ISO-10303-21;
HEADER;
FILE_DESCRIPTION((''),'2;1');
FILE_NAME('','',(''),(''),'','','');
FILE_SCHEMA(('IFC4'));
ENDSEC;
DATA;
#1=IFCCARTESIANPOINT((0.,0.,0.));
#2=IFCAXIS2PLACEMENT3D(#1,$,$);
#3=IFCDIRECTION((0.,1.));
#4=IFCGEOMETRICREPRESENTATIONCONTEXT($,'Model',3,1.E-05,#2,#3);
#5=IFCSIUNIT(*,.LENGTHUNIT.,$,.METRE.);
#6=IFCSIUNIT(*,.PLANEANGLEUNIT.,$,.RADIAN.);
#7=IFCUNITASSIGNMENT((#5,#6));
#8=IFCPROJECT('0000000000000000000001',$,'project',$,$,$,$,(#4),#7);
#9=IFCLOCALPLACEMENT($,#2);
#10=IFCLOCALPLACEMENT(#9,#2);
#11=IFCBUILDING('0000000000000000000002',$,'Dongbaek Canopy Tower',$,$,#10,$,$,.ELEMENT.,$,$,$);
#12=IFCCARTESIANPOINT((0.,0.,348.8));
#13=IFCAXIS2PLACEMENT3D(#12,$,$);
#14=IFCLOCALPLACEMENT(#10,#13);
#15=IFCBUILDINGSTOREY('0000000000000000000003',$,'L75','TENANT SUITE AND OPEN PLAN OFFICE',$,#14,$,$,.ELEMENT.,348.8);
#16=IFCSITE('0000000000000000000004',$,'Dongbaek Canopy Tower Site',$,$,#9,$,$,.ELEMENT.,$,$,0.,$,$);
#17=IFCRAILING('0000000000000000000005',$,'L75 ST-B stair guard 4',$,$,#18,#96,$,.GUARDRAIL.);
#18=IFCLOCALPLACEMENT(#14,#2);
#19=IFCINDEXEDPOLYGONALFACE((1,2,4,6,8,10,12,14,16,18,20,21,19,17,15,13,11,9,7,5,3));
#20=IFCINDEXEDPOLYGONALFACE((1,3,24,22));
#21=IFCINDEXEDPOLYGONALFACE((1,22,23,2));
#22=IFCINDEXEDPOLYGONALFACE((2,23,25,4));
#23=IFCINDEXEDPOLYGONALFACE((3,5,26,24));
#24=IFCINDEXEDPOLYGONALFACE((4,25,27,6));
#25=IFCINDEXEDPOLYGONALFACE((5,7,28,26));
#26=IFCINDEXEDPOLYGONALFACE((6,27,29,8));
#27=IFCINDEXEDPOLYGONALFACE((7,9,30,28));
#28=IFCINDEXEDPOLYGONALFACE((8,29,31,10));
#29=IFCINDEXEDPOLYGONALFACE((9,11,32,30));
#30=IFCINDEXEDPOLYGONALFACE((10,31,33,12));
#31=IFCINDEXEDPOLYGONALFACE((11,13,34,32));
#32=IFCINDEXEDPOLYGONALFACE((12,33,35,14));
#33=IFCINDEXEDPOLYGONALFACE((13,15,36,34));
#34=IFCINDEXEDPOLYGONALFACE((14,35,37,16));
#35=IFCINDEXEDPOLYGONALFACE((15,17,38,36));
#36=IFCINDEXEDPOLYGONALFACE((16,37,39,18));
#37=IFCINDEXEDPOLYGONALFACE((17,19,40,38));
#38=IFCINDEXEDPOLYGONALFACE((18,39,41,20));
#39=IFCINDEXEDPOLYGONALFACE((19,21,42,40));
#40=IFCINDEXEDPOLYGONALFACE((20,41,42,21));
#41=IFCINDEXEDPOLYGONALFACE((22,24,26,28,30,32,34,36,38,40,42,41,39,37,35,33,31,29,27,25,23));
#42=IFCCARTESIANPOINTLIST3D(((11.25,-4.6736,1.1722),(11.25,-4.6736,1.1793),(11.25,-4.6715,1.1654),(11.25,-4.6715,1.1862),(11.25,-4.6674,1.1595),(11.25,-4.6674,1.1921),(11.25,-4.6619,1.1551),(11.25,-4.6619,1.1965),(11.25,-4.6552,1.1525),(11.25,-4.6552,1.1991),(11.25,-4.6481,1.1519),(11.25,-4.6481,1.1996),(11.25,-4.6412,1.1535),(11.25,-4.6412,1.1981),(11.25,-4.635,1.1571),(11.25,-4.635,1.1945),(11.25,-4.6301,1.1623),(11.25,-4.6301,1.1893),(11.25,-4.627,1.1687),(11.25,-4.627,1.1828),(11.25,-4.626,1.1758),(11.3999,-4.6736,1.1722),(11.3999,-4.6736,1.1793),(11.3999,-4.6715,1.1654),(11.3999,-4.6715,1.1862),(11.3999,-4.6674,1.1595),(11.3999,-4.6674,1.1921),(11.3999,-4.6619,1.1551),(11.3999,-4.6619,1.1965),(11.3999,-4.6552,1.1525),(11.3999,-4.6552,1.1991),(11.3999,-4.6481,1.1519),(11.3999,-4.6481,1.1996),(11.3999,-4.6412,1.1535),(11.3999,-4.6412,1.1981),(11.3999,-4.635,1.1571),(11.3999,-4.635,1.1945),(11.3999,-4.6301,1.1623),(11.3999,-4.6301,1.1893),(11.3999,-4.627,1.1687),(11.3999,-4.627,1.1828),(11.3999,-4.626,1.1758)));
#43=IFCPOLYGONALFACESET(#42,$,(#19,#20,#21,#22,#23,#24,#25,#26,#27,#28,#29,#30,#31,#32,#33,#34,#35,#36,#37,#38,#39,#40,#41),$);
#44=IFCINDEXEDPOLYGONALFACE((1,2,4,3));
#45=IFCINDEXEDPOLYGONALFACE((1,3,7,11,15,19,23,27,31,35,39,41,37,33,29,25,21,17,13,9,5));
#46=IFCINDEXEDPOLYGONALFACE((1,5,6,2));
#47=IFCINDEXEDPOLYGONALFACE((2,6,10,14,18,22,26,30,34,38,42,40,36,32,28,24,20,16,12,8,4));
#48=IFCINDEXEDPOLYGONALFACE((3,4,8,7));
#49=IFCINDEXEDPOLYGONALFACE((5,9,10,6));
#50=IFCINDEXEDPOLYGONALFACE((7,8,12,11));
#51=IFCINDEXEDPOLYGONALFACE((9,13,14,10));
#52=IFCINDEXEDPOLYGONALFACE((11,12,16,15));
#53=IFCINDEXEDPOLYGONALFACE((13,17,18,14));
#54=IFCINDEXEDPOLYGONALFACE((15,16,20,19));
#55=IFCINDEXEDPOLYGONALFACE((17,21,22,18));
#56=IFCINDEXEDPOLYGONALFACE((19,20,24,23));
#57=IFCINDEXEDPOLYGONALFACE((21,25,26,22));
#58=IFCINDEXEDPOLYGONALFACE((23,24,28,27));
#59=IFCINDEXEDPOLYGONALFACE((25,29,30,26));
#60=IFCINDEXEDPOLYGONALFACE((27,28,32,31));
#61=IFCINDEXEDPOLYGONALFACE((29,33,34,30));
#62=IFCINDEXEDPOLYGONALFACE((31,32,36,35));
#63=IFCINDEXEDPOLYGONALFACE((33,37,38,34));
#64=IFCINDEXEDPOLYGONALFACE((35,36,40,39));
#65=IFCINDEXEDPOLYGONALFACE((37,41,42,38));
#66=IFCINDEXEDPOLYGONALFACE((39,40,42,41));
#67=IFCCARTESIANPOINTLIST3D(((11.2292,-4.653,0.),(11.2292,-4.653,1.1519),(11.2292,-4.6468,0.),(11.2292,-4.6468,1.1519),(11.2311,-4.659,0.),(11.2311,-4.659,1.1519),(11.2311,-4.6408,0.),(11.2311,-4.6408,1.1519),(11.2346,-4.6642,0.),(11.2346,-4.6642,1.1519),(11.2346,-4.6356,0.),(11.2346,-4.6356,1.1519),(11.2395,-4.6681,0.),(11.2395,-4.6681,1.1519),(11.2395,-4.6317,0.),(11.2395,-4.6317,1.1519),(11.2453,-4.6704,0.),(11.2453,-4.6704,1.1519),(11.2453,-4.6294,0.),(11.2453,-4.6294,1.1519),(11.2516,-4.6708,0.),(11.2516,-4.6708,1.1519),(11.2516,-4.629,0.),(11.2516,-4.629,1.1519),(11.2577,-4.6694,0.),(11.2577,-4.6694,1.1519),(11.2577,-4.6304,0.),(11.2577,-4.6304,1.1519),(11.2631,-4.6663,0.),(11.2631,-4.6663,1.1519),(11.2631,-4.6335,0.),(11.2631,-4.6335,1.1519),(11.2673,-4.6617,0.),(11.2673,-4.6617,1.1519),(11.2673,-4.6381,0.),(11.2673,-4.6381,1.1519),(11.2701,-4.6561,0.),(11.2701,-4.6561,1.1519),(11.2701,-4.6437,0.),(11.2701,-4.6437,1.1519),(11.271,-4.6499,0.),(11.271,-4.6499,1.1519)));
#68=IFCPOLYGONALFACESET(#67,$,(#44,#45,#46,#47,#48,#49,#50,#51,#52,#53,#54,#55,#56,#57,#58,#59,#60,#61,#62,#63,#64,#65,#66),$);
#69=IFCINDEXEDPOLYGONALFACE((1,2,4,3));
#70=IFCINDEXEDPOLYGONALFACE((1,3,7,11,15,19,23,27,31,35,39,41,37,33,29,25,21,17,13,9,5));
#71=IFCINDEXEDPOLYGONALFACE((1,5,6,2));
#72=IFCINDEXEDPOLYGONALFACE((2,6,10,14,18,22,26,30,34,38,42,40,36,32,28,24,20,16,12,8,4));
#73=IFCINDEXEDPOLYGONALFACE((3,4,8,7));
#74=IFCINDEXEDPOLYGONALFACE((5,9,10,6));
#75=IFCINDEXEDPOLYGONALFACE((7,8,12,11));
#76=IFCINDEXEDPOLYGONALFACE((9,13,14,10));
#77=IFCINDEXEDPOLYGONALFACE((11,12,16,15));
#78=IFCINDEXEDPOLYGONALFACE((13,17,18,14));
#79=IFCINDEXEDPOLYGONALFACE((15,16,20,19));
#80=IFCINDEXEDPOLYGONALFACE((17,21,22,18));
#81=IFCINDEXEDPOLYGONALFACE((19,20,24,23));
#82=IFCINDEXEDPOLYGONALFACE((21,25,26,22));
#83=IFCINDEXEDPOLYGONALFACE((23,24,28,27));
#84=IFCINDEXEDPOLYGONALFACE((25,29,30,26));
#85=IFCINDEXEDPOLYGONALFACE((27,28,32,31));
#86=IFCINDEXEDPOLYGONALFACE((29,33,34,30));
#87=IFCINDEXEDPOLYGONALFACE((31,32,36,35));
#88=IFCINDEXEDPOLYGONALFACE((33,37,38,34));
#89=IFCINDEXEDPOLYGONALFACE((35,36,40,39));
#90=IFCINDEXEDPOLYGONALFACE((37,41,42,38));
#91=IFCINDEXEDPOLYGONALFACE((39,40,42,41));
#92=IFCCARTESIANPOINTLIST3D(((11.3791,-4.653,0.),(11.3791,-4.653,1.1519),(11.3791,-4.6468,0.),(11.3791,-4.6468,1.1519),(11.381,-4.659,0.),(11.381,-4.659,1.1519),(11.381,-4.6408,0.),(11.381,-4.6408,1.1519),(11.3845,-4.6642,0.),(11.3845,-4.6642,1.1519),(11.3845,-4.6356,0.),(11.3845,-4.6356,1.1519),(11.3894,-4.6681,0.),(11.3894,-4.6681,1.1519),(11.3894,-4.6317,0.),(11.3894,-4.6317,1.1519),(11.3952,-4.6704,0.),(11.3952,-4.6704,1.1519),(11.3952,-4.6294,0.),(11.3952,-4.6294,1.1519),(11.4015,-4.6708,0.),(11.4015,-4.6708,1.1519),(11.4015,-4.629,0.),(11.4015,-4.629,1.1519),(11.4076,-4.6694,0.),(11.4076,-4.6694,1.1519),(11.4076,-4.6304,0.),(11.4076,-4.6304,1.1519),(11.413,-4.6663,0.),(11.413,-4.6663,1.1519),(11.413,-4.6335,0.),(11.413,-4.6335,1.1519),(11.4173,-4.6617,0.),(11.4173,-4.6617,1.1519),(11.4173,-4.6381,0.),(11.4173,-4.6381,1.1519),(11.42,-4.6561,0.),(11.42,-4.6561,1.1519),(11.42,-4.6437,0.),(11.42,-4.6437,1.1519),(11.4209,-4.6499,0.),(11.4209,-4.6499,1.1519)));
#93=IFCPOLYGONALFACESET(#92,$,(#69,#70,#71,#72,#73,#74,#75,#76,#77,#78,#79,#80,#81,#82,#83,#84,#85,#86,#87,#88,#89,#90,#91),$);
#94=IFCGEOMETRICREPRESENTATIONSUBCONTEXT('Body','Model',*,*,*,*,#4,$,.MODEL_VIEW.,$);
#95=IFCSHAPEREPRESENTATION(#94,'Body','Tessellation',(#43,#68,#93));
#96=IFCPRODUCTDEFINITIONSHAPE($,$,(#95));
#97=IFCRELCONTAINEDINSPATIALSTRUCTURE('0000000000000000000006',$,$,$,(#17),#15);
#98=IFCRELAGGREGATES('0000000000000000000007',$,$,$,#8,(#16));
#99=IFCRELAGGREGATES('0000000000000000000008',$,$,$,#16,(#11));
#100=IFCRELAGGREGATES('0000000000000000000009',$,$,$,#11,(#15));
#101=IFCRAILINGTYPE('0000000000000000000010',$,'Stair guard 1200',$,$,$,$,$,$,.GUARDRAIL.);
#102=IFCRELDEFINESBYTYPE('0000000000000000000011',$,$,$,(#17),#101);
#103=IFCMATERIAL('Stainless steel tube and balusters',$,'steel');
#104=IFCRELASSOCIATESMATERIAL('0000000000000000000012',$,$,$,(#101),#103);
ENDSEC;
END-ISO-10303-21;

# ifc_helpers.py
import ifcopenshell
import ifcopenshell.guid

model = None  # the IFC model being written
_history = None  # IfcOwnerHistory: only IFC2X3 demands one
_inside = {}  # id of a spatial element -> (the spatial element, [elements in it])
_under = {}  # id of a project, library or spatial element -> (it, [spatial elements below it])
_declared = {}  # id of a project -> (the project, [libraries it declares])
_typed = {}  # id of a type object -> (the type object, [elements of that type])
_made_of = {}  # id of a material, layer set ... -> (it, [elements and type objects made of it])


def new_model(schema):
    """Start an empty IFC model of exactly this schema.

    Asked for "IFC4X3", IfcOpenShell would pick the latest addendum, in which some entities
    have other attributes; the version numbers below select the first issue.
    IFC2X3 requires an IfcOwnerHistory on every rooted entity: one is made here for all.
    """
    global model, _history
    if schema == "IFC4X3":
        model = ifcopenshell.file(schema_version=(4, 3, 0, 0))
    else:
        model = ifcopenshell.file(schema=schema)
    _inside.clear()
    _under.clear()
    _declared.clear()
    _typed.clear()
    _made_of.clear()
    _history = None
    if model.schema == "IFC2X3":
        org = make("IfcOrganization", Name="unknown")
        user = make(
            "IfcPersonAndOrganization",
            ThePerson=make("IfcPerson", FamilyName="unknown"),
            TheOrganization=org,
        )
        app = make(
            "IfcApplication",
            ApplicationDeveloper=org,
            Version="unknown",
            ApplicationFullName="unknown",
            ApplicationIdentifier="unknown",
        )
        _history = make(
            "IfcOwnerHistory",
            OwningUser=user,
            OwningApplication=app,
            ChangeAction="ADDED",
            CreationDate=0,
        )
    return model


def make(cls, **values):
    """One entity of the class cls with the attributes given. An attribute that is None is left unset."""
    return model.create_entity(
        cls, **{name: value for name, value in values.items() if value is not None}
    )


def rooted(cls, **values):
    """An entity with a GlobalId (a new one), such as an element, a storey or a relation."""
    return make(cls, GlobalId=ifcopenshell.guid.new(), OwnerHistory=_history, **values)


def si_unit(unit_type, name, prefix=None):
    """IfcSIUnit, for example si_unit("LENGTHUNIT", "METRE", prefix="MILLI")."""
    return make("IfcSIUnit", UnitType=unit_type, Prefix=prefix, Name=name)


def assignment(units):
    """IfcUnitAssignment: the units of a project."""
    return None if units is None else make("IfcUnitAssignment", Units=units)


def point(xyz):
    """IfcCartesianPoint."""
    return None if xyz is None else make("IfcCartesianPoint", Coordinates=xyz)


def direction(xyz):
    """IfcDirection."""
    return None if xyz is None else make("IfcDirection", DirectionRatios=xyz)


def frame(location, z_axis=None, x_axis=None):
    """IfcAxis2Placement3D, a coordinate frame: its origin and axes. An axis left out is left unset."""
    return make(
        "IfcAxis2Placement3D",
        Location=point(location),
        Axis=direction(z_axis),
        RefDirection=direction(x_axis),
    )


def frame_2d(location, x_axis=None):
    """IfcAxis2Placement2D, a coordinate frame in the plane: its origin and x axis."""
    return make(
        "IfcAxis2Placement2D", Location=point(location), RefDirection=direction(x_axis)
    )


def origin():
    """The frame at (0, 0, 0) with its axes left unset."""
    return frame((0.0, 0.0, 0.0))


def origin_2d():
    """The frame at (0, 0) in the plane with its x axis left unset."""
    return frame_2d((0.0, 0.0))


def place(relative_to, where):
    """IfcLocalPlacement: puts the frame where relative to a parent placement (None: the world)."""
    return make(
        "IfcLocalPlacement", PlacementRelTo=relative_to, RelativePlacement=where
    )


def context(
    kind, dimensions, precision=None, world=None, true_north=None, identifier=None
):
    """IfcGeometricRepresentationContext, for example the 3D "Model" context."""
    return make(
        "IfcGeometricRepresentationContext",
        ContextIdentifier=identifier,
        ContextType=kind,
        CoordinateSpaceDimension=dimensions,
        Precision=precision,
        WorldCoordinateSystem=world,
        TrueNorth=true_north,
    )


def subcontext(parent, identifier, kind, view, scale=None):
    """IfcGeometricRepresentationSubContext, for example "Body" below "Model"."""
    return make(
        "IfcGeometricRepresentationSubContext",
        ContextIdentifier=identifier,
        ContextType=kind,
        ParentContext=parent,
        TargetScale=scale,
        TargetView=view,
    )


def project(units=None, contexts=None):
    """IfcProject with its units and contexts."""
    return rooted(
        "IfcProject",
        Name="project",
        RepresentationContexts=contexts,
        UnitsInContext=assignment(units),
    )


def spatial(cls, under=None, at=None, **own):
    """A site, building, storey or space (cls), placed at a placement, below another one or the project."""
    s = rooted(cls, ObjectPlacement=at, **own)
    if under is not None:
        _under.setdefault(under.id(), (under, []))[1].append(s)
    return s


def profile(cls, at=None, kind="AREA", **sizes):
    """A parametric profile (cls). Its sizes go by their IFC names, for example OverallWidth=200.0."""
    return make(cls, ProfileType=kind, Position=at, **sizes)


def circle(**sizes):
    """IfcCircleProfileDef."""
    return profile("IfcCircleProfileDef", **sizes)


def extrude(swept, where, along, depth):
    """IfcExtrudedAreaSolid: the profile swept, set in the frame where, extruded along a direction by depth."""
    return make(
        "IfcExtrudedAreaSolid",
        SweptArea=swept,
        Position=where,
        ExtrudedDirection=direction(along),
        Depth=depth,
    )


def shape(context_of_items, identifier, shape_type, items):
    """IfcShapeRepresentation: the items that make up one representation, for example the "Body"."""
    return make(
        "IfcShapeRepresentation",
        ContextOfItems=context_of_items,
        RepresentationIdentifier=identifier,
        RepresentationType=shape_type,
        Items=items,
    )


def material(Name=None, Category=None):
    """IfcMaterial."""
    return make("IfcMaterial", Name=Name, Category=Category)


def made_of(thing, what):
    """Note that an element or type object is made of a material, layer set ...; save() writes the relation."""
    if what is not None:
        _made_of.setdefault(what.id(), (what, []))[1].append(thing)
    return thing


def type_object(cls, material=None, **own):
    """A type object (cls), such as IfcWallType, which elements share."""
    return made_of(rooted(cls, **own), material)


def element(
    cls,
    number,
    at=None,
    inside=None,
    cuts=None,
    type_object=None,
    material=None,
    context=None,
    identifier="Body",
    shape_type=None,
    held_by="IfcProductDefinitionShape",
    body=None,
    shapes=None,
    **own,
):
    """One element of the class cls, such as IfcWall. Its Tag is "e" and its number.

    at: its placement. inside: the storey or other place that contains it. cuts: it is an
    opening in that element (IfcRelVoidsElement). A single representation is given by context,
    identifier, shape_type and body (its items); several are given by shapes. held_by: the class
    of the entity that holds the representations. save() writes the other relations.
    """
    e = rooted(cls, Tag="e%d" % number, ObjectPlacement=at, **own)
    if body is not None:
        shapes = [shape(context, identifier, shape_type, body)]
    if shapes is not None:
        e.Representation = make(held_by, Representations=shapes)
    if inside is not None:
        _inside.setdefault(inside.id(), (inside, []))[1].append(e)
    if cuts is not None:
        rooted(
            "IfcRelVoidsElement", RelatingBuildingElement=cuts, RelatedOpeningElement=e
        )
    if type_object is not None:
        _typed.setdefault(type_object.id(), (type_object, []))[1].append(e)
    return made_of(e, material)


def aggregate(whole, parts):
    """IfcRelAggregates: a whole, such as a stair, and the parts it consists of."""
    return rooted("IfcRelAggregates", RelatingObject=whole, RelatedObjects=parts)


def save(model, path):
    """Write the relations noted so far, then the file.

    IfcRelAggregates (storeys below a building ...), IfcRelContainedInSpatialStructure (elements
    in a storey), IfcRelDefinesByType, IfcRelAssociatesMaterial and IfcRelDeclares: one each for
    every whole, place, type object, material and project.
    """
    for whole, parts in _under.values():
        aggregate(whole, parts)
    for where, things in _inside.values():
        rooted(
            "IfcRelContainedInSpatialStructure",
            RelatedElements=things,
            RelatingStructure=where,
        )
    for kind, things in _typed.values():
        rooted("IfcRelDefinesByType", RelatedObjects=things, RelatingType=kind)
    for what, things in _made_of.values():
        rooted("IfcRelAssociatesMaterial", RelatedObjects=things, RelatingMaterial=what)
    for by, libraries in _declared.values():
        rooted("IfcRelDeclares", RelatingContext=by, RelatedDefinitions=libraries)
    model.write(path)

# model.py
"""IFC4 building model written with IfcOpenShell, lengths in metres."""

from ifc_helpers import new_model, si_unit, direction, frame, origin, origin_2d, place, context, subcontext, project, spatial, circle, extrude, material, type_object, element, save


model = new_model("IFC4")

# Units and contexts
model_context = context("Model", 3, precision=1e-05, world=origin(), true_north=direction((0.0, 1.0)))
body_context = subcontext(model_context, "Body", "Model", "MODEL_VIEW")
ifc_project = project(units=[si_unit("LENGTHUNIT", "METRE"), si_unit("PLANEANGLEUNIT", "RADIAN")], contexts=[model_context])

# Site, building, storey
site_placement = place(None, origin())
site = spatial("IfcSite", under=ifc_project, at=site_placement, Name="Dongbaek Canopy Tower Site", CompositionType="ELEMENT", RefElevation=0.0)
building_placement = place(site_placement, origin())
building = spatial("IfcBuilding", under=site, at=building_placement, Name="Dongbaek Canopy Tower", CompositionType="ELEMENT")
storey_placement = place(building_placement, frame((0.0, 0.0, 348.8)))
storey = spatial("IfcBuildingStorey", under=building, at=storey_placement, Name="L75", Description="TENANT SUITE AND OPEN PLAN OFFICE", CompositionType="ELEMENT", Elevation=348.8)

# Railing
ifc_material_1 = material(Name="Stainless steel tube and balusters", Category="steel")
railing_type_1 = type_object("IfcRailingType", Name="Stair guard 1200", PredefinedType="GUARDRAIL", material=ifc_material_1)
railing_1_placement = place(storey_placement, frame((11.25, -4.6499, 0.0)))
element("IfcRailing", 1, at=railing_1_placement, inside=storey, type_object=railing_type_1, Name="L75 ST-B stair guard 4", PredefinedType="GUARDRAIL", context=body_context, shape_type="SweptSolid", body=[
    extrude(circle(Radius=0.0239, at=origin_2d()), frame((0.0, 0.0, 1.1758), z_axis=(1.0, 0.0, 0.0), x_axis=(0.0, 1.0, 0.0)), (0.0, 0.0, 1.0), 0.1499),
    extrude(circle(Radius=0.021, at=origin_2d()), origin(), (0.0, 0.0, 1.0), 1.1519),
    extrude(circle(Radius=0.021, at=origin_2d()), frame((0.1499, 0.0, 0.0)), (0.0, 0.0, 1.0), 1.1519),
])

save(model, "model.ifc")
